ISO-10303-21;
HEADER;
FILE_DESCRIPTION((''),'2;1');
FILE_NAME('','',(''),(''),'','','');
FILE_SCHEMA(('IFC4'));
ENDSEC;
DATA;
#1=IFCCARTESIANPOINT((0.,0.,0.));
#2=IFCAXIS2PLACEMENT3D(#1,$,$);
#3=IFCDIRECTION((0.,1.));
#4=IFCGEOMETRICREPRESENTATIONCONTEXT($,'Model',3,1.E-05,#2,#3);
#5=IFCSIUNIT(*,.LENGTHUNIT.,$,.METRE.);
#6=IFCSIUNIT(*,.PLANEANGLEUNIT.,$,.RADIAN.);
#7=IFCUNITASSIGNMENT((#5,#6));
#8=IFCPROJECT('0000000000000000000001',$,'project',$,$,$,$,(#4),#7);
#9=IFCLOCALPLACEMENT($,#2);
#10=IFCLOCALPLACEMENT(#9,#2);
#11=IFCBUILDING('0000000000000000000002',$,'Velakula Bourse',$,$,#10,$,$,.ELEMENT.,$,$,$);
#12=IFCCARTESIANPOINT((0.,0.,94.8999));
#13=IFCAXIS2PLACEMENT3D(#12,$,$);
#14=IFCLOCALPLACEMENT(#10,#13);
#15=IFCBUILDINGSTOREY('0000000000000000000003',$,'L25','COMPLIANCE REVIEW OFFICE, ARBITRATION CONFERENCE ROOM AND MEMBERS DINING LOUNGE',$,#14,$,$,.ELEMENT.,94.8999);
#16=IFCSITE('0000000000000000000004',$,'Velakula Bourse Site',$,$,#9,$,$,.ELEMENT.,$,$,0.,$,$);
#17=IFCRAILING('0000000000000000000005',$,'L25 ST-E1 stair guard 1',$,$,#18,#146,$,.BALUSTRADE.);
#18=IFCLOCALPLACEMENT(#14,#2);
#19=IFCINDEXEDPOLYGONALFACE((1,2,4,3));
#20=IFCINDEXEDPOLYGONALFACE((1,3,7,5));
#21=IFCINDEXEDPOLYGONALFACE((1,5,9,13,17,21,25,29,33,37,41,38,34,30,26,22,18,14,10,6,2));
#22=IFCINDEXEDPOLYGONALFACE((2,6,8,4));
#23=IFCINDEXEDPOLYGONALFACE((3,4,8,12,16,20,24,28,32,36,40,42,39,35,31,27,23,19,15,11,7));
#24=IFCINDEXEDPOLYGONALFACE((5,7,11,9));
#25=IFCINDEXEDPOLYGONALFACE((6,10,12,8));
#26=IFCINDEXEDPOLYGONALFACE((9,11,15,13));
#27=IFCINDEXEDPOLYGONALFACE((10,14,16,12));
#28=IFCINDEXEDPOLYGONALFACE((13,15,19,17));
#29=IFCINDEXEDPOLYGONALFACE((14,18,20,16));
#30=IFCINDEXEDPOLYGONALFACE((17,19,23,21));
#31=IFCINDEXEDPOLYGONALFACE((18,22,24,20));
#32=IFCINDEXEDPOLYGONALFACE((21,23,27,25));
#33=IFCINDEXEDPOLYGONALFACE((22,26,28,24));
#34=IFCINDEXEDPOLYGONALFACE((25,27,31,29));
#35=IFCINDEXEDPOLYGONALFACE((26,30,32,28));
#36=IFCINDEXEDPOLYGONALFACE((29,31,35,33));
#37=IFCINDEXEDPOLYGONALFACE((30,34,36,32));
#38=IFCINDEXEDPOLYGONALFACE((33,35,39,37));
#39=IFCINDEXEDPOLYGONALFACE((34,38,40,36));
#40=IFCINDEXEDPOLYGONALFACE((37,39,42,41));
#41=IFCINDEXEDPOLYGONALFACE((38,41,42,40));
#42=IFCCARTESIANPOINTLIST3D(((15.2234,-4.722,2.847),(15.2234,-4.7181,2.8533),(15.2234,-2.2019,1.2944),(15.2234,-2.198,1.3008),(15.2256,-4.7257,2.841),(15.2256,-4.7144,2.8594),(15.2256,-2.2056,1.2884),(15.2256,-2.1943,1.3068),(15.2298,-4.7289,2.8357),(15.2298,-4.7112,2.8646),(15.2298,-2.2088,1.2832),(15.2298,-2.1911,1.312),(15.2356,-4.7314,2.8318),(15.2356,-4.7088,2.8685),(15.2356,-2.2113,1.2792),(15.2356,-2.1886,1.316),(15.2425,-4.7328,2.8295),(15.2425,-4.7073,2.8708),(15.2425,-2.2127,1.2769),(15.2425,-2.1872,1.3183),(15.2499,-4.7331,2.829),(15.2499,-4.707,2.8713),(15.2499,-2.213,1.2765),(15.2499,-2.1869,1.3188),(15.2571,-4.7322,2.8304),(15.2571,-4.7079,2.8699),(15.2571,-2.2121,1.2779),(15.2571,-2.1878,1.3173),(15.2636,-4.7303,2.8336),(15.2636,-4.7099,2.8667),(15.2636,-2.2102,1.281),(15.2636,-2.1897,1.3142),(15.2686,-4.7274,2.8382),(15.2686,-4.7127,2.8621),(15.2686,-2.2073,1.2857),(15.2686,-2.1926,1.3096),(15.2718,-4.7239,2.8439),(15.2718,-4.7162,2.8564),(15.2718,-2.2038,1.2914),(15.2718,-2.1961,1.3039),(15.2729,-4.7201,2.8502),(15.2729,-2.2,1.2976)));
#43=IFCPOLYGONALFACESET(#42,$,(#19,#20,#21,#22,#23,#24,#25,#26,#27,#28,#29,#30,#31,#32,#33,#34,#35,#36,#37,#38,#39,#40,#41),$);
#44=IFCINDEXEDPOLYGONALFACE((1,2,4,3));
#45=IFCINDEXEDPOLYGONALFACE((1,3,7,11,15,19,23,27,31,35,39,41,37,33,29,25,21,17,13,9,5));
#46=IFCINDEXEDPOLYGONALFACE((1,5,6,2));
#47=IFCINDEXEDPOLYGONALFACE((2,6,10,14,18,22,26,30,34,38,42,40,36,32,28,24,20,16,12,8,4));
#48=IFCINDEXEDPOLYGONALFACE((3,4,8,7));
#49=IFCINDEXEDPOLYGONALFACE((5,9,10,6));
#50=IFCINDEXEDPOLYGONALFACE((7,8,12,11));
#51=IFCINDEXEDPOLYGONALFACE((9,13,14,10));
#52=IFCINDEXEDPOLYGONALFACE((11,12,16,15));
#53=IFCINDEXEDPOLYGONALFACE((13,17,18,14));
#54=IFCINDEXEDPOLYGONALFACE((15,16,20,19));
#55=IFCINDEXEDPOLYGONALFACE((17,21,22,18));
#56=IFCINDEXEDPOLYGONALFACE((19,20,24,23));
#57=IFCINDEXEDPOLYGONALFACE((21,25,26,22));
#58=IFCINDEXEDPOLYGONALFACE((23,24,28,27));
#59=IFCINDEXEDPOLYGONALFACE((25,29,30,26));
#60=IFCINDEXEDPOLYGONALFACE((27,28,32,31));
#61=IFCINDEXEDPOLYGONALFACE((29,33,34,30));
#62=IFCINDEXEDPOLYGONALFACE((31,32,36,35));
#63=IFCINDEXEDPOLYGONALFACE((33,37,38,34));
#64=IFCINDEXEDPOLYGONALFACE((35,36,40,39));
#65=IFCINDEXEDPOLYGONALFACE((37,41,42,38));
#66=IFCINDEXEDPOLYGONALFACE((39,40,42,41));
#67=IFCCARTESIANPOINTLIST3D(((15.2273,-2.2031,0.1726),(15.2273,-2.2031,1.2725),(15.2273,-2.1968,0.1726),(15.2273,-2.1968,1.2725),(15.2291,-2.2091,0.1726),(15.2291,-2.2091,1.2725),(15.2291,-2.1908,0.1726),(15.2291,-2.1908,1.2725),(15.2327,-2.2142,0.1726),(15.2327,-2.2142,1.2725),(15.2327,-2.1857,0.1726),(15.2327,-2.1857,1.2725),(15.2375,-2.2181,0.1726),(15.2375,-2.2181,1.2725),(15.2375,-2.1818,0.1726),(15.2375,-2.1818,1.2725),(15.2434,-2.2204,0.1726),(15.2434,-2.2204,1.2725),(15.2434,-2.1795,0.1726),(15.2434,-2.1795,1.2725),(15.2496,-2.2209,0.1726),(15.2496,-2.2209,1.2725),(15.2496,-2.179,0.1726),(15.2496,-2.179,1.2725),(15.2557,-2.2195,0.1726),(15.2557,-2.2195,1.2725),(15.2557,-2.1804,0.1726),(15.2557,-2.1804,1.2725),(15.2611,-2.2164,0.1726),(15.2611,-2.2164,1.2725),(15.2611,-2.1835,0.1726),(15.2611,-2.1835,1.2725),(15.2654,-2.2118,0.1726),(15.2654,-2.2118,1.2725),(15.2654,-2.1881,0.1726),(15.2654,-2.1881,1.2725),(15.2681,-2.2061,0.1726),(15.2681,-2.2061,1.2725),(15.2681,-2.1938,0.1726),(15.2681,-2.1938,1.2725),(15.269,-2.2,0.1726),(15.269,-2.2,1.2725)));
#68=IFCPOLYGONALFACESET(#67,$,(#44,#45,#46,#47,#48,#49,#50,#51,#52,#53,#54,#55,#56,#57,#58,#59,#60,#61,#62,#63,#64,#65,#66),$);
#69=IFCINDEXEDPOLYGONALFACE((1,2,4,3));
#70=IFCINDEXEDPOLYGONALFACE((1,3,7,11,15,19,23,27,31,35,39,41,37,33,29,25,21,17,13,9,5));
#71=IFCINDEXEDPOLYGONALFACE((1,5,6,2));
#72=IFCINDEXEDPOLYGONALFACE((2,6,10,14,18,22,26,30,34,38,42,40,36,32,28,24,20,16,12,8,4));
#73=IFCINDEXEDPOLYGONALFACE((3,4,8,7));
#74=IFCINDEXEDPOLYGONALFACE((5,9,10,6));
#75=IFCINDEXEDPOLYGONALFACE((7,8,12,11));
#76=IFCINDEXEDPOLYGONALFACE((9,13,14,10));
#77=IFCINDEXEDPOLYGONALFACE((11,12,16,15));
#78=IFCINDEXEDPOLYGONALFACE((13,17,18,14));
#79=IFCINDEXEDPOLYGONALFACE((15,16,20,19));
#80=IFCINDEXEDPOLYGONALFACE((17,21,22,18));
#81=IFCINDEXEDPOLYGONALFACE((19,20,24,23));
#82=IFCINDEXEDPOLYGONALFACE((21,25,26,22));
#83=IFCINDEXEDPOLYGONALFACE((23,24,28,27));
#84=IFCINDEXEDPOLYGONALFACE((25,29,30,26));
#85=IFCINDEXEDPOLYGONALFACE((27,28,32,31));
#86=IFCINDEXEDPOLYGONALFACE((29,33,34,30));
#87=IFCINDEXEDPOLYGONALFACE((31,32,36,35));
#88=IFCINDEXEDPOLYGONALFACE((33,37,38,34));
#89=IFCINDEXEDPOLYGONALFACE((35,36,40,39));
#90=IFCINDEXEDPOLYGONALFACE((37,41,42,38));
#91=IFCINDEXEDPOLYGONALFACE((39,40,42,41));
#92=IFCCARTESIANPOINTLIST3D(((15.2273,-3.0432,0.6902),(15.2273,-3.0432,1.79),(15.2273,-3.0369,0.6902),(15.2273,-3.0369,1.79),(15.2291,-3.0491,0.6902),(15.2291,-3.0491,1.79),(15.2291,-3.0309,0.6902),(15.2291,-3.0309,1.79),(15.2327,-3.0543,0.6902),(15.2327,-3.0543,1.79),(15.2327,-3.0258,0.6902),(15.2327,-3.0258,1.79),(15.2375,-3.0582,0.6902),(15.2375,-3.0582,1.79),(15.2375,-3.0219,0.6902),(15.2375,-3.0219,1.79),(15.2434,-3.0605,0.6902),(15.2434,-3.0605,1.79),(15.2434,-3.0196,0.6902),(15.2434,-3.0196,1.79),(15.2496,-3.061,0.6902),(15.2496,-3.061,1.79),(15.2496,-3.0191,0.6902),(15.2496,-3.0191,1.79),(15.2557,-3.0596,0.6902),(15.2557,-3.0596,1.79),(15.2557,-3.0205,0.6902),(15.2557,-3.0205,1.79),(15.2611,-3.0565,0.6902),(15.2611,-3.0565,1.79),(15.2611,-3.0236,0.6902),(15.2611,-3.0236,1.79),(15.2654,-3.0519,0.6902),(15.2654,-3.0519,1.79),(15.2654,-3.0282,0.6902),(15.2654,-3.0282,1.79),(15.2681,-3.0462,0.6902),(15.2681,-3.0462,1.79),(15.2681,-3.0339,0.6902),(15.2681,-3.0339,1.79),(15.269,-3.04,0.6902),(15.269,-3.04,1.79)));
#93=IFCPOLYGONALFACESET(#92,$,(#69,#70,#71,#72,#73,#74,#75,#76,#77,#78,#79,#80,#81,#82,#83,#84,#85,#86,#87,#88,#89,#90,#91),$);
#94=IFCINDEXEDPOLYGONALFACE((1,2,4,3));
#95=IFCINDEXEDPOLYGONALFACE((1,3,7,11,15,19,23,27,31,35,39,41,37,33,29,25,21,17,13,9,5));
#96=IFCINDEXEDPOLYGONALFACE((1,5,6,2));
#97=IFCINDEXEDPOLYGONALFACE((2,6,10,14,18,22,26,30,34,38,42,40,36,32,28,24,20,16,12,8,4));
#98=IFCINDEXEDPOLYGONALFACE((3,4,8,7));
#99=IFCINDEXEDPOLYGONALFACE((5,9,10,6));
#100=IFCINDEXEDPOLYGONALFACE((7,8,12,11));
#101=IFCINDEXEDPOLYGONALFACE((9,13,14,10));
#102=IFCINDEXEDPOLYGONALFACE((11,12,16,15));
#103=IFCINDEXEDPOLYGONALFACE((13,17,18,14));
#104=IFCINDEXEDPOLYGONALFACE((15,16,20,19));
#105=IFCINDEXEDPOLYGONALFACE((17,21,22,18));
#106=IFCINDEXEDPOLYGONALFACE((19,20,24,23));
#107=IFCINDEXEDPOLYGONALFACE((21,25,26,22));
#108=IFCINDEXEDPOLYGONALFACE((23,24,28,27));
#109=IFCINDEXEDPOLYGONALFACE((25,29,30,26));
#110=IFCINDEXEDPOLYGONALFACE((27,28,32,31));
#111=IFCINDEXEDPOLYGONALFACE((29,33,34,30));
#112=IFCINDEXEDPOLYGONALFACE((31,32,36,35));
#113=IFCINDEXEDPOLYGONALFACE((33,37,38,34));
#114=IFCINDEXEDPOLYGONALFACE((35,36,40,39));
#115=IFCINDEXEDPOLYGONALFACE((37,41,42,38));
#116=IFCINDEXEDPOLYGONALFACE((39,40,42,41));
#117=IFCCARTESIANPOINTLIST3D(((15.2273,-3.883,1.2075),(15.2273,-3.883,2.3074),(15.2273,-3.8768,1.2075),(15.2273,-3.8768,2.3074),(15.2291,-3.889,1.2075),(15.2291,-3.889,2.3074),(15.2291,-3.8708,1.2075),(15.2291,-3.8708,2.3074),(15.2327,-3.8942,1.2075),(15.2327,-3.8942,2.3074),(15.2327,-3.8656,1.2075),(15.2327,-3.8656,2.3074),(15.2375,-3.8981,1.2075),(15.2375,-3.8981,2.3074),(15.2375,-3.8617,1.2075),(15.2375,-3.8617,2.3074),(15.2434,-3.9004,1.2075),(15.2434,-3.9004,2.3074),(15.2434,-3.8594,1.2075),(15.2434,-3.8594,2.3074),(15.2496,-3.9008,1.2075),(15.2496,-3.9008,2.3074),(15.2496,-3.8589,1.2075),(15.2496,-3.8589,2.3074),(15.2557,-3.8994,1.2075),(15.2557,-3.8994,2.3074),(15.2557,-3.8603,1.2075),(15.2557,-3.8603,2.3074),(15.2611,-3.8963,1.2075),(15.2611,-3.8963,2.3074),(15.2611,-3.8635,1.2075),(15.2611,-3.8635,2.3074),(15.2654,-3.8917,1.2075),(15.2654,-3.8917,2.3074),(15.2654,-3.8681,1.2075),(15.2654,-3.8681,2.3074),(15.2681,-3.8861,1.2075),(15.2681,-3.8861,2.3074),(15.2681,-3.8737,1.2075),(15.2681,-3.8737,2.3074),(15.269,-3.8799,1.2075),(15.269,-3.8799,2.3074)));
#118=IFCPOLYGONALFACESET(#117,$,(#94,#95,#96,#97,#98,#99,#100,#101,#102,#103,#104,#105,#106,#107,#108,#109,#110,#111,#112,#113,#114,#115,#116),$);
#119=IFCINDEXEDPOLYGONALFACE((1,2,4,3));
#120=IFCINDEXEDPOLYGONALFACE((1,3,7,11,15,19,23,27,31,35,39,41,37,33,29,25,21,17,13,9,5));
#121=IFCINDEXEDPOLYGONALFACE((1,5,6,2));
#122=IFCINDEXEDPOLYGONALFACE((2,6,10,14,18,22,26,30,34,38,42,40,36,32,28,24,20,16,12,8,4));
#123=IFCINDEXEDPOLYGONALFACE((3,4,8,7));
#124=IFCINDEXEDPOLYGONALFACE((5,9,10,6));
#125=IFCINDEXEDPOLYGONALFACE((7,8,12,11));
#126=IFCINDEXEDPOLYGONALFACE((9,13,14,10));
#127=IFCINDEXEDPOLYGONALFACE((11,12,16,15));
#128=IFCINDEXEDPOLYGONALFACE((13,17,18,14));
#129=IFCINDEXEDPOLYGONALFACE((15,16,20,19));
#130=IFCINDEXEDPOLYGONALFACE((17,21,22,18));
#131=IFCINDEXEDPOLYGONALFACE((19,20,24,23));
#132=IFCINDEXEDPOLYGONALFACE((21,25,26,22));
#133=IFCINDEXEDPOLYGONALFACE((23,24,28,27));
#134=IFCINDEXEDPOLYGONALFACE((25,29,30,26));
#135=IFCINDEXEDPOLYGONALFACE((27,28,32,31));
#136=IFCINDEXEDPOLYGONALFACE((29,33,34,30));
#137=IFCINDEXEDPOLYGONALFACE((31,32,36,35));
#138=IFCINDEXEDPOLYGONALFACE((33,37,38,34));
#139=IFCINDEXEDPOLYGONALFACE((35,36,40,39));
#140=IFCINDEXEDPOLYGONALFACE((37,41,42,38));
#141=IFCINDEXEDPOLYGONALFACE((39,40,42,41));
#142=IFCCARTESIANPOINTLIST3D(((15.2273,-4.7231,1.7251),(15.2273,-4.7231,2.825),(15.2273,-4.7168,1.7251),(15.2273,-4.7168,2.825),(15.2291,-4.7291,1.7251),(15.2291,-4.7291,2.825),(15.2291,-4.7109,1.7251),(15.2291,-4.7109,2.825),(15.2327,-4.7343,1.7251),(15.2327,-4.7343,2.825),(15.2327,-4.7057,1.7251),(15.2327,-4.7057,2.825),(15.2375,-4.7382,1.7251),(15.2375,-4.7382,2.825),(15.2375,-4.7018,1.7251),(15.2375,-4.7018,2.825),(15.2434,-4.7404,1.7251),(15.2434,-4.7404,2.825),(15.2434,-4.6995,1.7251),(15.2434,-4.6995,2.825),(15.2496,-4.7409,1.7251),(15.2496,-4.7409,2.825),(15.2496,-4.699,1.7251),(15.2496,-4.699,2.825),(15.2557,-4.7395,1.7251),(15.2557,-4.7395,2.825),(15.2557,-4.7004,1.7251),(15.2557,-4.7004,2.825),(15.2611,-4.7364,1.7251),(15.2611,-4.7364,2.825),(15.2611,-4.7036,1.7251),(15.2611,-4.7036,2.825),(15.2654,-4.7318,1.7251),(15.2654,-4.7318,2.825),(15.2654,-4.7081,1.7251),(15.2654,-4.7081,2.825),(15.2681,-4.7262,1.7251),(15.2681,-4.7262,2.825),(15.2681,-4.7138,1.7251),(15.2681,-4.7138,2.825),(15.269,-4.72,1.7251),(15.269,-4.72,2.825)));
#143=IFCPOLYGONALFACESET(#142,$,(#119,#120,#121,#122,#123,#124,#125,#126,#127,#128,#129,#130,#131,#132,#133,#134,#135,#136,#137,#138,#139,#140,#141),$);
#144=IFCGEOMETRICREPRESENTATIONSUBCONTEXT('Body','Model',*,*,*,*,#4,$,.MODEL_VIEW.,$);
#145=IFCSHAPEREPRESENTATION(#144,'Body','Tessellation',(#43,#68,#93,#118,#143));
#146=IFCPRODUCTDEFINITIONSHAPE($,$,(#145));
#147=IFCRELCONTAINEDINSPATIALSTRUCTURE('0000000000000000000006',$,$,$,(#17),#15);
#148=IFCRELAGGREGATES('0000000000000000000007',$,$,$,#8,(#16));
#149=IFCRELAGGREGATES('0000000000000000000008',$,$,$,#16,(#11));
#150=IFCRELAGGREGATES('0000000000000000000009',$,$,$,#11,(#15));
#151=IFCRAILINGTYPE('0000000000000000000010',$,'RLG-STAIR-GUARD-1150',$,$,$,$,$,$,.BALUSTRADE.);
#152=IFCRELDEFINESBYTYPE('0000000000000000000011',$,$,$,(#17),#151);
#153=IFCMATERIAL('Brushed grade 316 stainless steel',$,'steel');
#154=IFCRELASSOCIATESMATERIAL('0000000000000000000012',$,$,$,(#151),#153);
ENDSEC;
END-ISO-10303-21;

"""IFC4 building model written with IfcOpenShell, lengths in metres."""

from ifc_helpers import new_model, si_unit, direction, frame, origin, origin_2d, place, context, subcontext, project, spatial, circle, extrude, material, type_object, element, save


model = new_model("IFC4")

# Units and contexts
model_context = context("Model", 3, precision=1e-05, world=origin(), true_north=direction((0.0, 1.0)))
body_context = subcontext(model_context, "Body", "Model", "MODEL_VIEW")
ifc_project = project(units=[si_unit("LENGTHUNIT", "METRE"), si_unit("PLANEANGLEUNIT", "RADIAN")], contexts=[model_context])

# Site, building, storey
site_placement = place(None, origin())
site = spatial("IfcSite", under=ifc_project, at=site_placement, Name="Velakula Bourse Site", CompositionType="ELEMENT", RefElevation=0.0)
building_placement = place(site_placement, origin())
building = spatial("IfcBuilding", under=site, at=building_placement, Name="Velakula Bourse", CompositionType="ELEMENT")
storey_placement = place(building_placement, frame((0.0, 0.0, 94.8999)))
storey = spatial("IfcBuildingStorey", under=building, at=storey_placement, Name="L25", Description="COMPLIANCE REVIEW OFFICE, ARBITRATION CONFERENCE ROOM AND MEMBERS DINING LOUNGE", CompositionType="ELEMENT", Elevation=94.8999)

# Railing
ifc_material_1 = material(Name="Brushed grade 316 stainless steel", Category="steel")
railing_type_1 = type_object("IfcRailingType", Name="RLG-STAIR-GUARD-1150", PredefinedType="BALUSTRADE", material=ifc_material_1)
railing_1_placement = place(storey_placement, frame((15.248, -2.2, 0.1726)))
element("IfcRailing", 1, at=railing_1_placement, inside=storey, type_object=railing_type_1, Name="L25 ST-E1 stair guard 1", PredefinedType="BALUSTRADE", context=body_context, shape_type="SweptSolid", body=[
    extrude(circle(Radius=0.0249, at=origin_2d()), frame((0.0, 0.0, 1.125), z_axis=(0.0, -0.8514, 0.524516), x_axis=(1.0, 0.0, 0.0)), (0.0, 0.0, 1.0), 2.96),
    extrude(circle(Radius=0.021, at=origin_2d()), origin(), (0.0, 0.0, 1.0), 1.0999),
    extrude(circle(Radius=0.021, at=origin_2d()), frame((0.0, -0.8401, 0.5176)), (0.0, 0.0, 1.0), 1.0999),
    extrude(circle(Radius=0.021, at=origin_2d()), frame((0.0, -1.6799, 1.0349)), (0.0, 0.0, 1.0), 1.0999),
    extrude(circle(Radius=0.021, at=origin_2d()), frame((0.0, -2.52, 1.5525)), (0.0, 0.0, 1.0), 1.0999),
])

save(model, "model.ifc")
